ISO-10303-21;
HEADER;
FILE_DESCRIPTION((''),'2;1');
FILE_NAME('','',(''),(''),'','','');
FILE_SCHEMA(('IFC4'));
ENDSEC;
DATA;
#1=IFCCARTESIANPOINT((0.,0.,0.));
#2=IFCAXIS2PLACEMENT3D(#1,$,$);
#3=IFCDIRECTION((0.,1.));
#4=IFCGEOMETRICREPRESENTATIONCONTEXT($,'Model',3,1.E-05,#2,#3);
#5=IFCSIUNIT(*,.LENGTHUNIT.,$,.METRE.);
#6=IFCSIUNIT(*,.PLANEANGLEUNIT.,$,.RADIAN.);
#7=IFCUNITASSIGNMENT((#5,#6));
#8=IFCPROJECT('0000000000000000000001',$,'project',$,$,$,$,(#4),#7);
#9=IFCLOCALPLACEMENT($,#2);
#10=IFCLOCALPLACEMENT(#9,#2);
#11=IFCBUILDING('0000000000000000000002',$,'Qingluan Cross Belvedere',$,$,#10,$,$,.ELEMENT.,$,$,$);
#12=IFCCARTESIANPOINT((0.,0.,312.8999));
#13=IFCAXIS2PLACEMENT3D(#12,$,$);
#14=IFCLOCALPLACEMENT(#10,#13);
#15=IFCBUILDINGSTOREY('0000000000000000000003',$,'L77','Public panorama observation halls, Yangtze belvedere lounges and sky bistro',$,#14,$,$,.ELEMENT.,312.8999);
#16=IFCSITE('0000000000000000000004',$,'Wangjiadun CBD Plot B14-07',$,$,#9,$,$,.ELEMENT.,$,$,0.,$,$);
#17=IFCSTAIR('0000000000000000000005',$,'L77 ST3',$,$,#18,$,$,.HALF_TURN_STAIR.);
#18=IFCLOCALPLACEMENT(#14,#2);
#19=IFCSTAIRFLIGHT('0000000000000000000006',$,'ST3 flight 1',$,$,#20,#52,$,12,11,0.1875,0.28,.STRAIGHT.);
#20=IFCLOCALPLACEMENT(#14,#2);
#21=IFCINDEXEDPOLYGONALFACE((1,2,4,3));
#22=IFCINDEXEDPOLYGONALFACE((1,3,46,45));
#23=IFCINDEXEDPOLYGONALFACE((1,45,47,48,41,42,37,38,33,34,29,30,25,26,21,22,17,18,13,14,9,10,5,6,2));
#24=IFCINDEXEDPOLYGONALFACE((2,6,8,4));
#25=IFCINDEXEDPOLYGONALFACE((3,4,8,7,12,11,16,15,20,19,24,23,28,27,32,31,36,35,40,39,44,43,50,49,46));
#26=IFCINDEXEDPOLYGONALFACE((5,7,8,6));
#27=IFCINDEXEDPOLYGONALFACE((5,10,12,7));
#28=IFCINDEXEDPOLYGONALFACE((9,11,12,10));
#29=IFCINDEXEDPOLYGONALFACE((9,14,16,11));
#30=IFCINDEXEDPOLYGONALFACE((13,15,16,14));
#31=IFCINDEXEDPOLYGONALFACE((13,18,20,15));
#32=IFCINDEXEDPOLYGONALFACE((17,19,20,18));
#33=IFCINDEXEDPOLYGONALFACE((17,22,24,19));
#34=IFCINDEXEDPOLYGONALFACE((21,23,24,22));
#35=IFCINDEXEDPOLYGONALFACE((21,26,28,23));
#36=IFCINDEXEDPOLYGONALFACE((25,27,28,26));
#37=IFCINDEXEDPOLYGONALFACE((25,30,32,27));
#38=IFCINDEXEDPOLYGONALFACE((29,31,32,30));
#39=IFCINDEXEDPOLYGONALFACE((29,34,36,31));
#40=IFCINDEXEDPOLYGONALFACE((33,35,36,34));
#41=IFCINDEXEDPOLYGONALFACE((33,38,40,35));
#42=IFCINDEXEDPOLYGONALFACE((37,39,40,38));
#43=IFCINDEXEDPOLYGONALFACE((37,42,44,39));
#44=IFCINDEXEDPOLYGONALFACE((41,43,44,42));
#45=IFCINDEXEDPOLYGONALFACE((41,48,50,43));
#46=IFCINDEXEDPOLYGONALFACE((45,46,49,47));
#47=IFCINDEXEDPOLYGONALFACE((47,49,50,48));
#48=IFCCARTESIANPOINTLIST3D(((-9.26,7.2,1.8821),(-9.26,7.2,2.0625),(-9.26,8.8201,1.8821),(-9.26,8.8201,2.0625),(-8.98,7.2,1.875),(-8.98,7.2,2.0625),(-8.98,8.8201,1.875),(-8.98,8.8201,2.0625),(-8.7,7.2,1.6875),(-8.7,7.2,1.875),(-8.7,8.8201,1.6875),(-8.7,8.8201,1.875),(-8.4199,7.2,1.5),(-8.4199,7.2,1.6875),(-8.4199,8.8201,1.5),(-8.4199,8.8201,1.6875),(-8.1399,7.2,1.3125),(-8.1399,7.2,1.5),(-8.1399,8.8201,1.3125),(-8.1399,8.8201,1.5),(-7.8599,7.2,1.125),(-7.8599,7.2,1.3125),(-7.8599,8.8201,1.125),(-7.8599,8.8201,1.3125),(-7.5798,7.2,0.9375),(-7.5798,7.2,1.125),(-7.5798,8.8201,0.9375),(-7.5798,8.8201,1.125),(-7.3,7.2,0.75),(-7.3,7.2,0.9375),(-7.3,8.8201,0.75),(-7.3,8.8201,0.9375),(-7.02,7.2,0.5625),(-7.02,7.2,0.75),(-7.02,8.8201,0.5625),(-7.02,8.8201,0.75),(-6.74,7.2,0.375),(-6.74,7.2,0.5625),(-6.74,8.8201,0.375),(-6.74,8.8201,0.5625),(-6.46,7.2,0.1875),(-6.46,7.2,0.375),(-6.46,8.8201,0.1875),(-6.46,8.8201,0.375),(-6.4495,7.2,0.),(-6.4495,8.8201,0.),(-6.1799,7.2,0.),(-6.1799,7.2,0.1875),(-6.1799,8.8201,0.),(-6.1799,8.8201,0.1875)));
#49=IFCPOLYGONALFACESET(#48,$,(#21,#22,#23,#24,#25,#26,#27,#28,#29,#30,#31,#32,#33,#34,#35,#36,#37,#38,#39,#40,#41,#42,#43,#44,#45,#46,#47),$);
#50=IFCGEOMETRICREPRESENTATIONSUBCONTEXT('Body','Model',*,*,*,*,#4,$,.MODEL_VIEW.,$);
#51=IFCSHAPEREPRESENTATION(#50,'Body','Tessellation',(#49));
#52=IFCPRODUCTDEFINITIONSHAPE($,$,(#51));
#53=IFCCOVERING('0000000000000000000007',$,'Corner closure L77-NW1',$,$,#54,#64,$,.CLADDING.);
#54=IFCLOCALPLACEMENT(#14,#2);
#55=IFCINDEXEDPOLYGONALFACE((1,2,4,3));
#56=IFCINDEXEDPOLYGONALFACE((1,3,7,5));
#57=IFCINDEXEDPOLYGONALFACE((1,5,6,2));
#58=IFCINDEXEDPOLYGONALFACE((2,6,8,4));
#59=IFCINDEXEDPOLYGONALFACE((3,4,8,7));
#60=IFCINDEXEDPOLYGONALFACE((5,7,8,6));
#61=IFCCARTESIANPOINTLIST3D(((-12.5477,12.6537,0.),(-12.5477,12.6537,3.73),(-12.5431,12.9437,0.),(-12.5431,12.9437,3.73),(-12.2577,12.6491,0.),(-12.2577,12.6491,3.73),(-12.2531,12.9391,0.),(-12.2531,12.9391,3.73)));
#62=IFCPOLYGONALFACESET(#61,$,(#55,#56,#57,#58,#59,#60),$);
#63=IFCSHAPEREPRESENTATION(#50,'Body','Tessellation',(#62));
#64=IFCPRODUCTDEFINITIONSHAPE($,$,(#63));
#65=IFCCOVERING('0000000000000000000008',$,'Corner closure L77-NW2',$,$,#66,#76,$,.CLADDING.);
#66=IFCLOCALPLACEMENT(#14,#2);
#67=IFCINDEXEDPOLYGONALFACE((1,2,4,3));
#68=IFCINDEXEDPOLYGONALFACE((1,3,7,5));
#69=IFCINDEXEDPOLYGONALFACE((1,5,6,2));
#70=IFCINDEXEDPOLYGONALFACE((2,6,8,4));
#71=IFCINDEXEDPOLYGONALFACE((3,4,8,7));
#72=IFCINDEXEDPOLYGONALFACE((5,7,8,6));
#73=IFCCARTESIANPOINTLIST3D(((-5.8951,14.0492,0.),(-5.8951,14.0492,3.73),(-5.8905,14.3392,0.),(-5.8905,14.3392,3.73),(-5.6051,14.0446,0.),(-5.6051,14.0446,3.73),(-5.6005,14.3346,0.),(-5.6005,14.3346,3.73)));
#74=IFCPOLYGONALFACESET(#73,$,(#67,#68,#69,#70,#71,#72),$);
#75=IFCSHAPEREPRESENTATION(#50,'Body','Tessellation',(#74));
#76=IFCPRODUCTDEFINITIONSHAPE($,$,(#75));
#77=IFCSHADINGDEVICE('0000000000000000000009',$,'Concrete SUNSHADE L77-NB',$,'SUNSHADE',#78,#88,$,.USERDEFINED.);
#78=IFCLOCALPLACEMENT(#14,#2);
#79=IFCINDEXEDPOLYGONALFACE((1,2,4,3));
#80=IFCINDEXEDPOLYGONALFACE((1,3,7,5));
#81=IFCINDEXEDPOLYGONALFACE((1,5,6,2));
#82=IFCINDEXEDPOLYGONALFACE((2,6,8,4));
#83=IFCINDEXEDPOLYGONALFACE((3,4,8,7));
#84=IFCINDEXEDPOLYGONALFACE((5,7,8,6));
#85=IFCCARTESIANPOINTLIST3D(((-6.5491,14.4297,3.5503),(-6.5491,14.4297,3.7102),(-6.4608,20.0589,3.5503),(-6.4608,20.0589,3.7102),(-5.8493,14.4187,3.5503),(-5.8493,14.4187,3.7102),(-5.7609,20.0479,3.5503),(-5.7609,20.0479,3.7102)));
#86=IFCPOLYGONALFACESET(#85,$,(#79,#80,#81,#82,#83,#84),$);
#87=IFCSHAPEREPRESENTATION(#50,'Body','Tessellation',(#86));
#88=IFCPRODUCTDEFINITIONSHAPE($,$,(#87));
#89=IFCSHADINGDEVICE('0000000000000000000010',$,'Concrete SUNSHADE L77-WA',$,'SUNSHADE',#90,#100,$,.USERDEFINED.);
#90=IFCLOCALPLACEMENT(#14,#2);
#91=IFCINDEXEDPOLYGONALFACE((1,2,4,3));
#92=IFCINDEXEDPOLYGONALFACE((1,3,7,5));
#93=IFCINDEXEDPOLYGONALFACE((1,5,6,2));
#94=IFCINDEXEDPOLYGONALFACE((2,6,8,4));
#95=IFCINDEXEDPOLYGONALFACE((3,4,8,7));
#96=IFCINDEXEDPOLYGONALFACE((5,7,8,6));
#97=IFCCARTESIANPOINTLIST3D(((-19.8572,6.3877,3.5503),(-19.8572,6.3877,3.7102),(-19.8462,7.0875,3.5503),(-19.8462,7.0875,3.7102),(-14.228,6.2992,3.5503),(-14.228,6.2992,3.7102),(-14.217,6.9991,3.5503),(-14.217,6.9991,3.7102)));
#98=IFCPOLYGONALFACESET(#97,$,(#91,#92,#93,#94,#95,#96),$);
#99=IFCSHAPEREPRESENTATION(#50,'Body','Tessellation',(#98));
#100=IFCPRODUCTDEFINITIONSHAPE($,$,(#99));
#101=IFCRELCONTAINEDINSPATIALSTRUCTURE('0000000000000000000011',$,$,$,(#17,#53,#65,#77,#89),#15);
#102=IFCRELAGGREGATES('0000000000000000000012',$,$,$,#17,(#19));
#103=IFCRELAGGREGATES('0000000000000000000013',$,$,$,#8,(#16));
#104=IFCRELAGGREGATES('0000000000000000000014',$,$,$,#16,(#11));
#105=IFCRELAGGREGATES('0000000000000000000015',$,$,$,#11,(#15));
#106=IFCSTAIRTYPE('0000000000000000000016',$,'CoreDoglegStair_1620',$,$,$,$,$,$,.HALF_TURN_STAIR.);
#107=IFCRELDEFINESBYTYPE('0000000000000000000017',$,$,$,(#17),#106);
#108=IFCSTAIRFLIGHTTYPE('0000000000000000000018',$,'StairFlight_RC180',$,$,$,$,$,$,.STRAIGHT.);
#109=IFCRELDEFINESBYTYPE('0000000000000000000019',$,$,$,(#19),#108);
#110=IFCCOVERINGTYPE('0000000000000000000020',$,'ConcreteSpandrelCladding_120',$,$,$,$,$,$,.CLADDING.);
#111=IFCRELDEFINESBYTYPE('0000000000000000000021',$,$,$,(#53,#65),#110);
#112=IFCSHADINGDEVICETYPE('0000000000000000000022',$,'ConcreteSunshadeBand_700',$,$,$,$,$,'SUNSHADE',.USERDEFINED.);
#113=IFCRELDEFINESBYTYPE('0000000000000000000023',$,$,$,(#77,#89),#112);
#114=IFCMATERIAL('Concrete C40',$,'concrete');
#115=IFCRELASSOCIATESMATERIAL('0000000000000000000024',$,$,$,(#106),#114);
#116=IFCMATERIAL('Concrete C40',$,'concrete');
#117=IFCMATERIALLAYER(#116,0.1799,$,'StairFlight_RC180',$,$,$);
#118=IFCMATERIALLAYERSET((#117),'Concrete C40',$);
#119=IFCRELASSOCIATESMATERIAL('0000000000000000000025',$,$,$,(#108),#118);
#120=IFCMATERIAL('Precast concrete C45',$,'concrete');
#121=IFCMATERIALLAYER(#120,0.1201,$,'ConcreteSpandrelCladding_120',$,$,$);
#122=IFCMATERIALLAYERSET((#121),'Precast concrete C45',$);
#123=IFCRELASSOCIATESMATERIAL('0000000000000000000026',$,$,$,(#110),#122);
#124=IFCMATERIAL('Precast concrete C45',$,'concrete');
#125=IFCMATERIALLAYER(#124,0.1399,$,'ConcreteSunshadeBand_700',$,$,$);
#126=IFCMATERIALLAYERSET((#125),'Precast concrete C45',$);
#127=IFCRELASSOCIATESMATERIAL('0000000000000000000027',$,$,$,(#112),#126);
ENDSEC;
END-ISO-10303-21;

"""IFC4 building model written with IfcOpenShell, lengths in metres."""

from ifc_helpers import new_model, si_unit, direction, frame, origin, origin_2d, place, context, subcontext, project, spatial, polyline, rectangle, outline, extrude, material, layer, layer_set, type_object, element, aggregate, save


model = new_model("IFC4")

# Units and contexts
model_context = context("Model", 3, precision=1e-05, world=origin(), true_north=direction((0.0, 1.0)))
body_context = subcontext(model_context, "Body", "Model", "MODEL_VIEW")
ifc_project = project(units=[si_unit("LENGTHUNIT", "METRE"), si_unit("PLANEANGLEUNIT", "RADIAN")], contexts=[model_context])

# Site, building, storey
site_placement = place(None, origin())
site = spatial("IfcSite", under=ifc_project, at=site_placement, Name="Wangjiadun CBD Plot B14-07", CompositionType="ELEMENT", RefElevation=0.0)
building_placement = place(site_placement, origin())
building = spatial("IfcBuilding", under=site, at=building_placement, Name="Qingluan Cross Belvedere", CompositionType="ELEMENT")
storey_placement = place(building_placement, frame((0.0, 0.0, 312.8999)))
storey = spatial("IfcBuildingStorey", under=building, at=storey_placement, Name="L77", Description="Public panorama observation halls, Yangtze belvedere lounges and sky bistro", CompositionType="ELEMENT", Elevation=312.8999)

# Stair, stair flight
ifc_material_1 = material(Name="Concrete C40", Category="concrete")
stair_type = type_object("IfcStairType", Name="CoreDoglegStair_1620", PredefinedType="HALF_TURN_STAIR", material=ifc_material_1)
stair_placement = place(storey_placement, origin())
stair = element("IfcStair", 1, at=stair_placement, inside=storey, type_object=stair_type, Name="L77 ST3", PredefinedType="HALF_TURN_STAIR")
ifc_material_2 = material(Name="Concrete C40", Category="concrete")
ifc_layer_1 = layer(ifc_material_2, 0.1799, Name="StairFlight_RC180")
ifc_layer_set_1 = layer_set([ifc_layer_1], Name="Concrete C40")
stair_flight_type = type_object("IfcStairFlightType", Name="StairFlight_RC180", PredefinedType="STRAIGHT", material=ifc_layer_set_1)
stair_flight_placement = place(storey_placement, frame((-6.1799, 8.01, 0.0), z_axis=(0.0, 0.0, 1.0), x_axis=(-1.0, 0.0, 0.0)))
stair_flight = element("IfcStairFlight", 2, at=stair_flight_placement, type_object=stair_flight_type, Name="ST3 flight 1", NumberOfRisers=12, NumberOfTreads=11, PredefinedType="STRAIGHT", RiserHeight=0.1875, TreadLength=0.28, context=body_context, shape_type="SweptSolid", body=[
    extrude(outline(polyline([(0.0, 0.0), (0.0, 0.1875), (0.28, 0.1875), (0.28, 0.375), (0.5601, 0.375), (0.5601, 0.5625), (0.8401, 0.5625), (0.8401, 0.75), (1.1201, 0.75), (1.1201, 0.9375), (1.3999, 0.9375), (1.3999, 1.125), (1.6799, 1.125), (1.6799, 1.3125), (1.96, 1.3125), (1.96, 1.5), (2.24, 1.5), (2.24, 1.6875), (2.52, 1.6875), (2.52, 1.875), (2.8, 1.875), (2.8, 2.0625), (3.0801, 2.0625), (3.0801, 2.25), (3.0801, 1.8821), (0.2695, 0.0), (0.0, 0.0)])), frame((0.0, 0.8101, 0.0), z_axis=(0.0, -1.0, 0.0), x_axis=(1.0, 0.0, 0.0)), (0.0, 0.0, 1.0), 1.6201),
])
aggregate(stair, [stair_flight])

# Coverings
ifc_material_3 = material(Name="Precast concrete C45", Category="concrete")
ifc_layer_2 = layer(ifc_material_3, 0.1201, Name="ConcreteSpandrelCladding_120")
ifc_layer_set_2 = layer_set([ifc_layer_2], Name="Precast concrete C45")
covering_type = type_object("IfcCoveringType", Name="ConcreteSpandrelCladding_120", PredefinedType="CLADDING", material=ifc_layer_set_2)
for number, where, z_axis, x_axis, name in (
    (3, (-12.4004, 12.7964, 0.0), (0.0, 0.0, 1.0), (0.999877, -0.015707, 0.0), "Corner closure L77-NW1"),
    (4, (-5.7478, 14.1919, 0.0), (0.0, 0.0, 1.0), (0.999877, -0.015707, 0.0), "Corner closure L77-NW2"),
):
    element("IfcCovering", number, at=place(storey_placement, frame(where, z_axis=z_axis, x_axis=x_axis)), inside=storey, type_object=covering_type, Name=name, PredefinedType="CLADDING", context=body_context, shape_type="SweptSolid", body=[
        extrude(rectangle(XDim=0.29, YDim=0.29, at=origin_2d()), origin(), (0.0, 0.0, 1.0), 3.73),
    ])

# Shading devices
ifc_material_4 = material(Name="Precast concrete C45", Category="concrete")
ifc_layer_3 = layer(ifc_material_4, 0.1399, Name="ConcreteSunshadeBand_700")
ifc_layer_set_3 = layer_set([ifc_layer_3], Name="Precast concrete C45")
shading_device_type = type_object("IfcShadingDeviceType", Name="ConcreteSunshadeBand_700", ElementType="SUNSHADE", PredefinedType="USERDEFINED", material=ifc_layer_set_3)
for number, where, z_axis, x_axis, name in (
    (5, (-6.155, 17.2388, 3.5503), (0.0, 0.0, 1.0), (-0.015695, -0.999877, 0.0), "Concrete SUNSHADE L77-NB"),
    (6, (-17.0371, 6.6934, 3.5503), (0.0, 0.0, 1.0), (-0.999877, 0.015712, 0.0), "Concrete SUNSHADE L77-WA"),
):
    element("IfcShadingDevice", number, at=place(storey_placement, frame(where, z_axis=z_axis, x_axis=x_axis)), inside=storey, type_object=shading_device_type, Name=name, ObjectType="SUNSHADE", PredefinedType="USERDEFINED", context=body_context, shape_type="SweptSolid", body=[
        extrude(rectangle(XDim=5.6299, YDim=0.7, at=origin_2d()), origin(), (0.0, 0.0, 1.0), 0.1599),
    ])

save(model, "model.ifc")
